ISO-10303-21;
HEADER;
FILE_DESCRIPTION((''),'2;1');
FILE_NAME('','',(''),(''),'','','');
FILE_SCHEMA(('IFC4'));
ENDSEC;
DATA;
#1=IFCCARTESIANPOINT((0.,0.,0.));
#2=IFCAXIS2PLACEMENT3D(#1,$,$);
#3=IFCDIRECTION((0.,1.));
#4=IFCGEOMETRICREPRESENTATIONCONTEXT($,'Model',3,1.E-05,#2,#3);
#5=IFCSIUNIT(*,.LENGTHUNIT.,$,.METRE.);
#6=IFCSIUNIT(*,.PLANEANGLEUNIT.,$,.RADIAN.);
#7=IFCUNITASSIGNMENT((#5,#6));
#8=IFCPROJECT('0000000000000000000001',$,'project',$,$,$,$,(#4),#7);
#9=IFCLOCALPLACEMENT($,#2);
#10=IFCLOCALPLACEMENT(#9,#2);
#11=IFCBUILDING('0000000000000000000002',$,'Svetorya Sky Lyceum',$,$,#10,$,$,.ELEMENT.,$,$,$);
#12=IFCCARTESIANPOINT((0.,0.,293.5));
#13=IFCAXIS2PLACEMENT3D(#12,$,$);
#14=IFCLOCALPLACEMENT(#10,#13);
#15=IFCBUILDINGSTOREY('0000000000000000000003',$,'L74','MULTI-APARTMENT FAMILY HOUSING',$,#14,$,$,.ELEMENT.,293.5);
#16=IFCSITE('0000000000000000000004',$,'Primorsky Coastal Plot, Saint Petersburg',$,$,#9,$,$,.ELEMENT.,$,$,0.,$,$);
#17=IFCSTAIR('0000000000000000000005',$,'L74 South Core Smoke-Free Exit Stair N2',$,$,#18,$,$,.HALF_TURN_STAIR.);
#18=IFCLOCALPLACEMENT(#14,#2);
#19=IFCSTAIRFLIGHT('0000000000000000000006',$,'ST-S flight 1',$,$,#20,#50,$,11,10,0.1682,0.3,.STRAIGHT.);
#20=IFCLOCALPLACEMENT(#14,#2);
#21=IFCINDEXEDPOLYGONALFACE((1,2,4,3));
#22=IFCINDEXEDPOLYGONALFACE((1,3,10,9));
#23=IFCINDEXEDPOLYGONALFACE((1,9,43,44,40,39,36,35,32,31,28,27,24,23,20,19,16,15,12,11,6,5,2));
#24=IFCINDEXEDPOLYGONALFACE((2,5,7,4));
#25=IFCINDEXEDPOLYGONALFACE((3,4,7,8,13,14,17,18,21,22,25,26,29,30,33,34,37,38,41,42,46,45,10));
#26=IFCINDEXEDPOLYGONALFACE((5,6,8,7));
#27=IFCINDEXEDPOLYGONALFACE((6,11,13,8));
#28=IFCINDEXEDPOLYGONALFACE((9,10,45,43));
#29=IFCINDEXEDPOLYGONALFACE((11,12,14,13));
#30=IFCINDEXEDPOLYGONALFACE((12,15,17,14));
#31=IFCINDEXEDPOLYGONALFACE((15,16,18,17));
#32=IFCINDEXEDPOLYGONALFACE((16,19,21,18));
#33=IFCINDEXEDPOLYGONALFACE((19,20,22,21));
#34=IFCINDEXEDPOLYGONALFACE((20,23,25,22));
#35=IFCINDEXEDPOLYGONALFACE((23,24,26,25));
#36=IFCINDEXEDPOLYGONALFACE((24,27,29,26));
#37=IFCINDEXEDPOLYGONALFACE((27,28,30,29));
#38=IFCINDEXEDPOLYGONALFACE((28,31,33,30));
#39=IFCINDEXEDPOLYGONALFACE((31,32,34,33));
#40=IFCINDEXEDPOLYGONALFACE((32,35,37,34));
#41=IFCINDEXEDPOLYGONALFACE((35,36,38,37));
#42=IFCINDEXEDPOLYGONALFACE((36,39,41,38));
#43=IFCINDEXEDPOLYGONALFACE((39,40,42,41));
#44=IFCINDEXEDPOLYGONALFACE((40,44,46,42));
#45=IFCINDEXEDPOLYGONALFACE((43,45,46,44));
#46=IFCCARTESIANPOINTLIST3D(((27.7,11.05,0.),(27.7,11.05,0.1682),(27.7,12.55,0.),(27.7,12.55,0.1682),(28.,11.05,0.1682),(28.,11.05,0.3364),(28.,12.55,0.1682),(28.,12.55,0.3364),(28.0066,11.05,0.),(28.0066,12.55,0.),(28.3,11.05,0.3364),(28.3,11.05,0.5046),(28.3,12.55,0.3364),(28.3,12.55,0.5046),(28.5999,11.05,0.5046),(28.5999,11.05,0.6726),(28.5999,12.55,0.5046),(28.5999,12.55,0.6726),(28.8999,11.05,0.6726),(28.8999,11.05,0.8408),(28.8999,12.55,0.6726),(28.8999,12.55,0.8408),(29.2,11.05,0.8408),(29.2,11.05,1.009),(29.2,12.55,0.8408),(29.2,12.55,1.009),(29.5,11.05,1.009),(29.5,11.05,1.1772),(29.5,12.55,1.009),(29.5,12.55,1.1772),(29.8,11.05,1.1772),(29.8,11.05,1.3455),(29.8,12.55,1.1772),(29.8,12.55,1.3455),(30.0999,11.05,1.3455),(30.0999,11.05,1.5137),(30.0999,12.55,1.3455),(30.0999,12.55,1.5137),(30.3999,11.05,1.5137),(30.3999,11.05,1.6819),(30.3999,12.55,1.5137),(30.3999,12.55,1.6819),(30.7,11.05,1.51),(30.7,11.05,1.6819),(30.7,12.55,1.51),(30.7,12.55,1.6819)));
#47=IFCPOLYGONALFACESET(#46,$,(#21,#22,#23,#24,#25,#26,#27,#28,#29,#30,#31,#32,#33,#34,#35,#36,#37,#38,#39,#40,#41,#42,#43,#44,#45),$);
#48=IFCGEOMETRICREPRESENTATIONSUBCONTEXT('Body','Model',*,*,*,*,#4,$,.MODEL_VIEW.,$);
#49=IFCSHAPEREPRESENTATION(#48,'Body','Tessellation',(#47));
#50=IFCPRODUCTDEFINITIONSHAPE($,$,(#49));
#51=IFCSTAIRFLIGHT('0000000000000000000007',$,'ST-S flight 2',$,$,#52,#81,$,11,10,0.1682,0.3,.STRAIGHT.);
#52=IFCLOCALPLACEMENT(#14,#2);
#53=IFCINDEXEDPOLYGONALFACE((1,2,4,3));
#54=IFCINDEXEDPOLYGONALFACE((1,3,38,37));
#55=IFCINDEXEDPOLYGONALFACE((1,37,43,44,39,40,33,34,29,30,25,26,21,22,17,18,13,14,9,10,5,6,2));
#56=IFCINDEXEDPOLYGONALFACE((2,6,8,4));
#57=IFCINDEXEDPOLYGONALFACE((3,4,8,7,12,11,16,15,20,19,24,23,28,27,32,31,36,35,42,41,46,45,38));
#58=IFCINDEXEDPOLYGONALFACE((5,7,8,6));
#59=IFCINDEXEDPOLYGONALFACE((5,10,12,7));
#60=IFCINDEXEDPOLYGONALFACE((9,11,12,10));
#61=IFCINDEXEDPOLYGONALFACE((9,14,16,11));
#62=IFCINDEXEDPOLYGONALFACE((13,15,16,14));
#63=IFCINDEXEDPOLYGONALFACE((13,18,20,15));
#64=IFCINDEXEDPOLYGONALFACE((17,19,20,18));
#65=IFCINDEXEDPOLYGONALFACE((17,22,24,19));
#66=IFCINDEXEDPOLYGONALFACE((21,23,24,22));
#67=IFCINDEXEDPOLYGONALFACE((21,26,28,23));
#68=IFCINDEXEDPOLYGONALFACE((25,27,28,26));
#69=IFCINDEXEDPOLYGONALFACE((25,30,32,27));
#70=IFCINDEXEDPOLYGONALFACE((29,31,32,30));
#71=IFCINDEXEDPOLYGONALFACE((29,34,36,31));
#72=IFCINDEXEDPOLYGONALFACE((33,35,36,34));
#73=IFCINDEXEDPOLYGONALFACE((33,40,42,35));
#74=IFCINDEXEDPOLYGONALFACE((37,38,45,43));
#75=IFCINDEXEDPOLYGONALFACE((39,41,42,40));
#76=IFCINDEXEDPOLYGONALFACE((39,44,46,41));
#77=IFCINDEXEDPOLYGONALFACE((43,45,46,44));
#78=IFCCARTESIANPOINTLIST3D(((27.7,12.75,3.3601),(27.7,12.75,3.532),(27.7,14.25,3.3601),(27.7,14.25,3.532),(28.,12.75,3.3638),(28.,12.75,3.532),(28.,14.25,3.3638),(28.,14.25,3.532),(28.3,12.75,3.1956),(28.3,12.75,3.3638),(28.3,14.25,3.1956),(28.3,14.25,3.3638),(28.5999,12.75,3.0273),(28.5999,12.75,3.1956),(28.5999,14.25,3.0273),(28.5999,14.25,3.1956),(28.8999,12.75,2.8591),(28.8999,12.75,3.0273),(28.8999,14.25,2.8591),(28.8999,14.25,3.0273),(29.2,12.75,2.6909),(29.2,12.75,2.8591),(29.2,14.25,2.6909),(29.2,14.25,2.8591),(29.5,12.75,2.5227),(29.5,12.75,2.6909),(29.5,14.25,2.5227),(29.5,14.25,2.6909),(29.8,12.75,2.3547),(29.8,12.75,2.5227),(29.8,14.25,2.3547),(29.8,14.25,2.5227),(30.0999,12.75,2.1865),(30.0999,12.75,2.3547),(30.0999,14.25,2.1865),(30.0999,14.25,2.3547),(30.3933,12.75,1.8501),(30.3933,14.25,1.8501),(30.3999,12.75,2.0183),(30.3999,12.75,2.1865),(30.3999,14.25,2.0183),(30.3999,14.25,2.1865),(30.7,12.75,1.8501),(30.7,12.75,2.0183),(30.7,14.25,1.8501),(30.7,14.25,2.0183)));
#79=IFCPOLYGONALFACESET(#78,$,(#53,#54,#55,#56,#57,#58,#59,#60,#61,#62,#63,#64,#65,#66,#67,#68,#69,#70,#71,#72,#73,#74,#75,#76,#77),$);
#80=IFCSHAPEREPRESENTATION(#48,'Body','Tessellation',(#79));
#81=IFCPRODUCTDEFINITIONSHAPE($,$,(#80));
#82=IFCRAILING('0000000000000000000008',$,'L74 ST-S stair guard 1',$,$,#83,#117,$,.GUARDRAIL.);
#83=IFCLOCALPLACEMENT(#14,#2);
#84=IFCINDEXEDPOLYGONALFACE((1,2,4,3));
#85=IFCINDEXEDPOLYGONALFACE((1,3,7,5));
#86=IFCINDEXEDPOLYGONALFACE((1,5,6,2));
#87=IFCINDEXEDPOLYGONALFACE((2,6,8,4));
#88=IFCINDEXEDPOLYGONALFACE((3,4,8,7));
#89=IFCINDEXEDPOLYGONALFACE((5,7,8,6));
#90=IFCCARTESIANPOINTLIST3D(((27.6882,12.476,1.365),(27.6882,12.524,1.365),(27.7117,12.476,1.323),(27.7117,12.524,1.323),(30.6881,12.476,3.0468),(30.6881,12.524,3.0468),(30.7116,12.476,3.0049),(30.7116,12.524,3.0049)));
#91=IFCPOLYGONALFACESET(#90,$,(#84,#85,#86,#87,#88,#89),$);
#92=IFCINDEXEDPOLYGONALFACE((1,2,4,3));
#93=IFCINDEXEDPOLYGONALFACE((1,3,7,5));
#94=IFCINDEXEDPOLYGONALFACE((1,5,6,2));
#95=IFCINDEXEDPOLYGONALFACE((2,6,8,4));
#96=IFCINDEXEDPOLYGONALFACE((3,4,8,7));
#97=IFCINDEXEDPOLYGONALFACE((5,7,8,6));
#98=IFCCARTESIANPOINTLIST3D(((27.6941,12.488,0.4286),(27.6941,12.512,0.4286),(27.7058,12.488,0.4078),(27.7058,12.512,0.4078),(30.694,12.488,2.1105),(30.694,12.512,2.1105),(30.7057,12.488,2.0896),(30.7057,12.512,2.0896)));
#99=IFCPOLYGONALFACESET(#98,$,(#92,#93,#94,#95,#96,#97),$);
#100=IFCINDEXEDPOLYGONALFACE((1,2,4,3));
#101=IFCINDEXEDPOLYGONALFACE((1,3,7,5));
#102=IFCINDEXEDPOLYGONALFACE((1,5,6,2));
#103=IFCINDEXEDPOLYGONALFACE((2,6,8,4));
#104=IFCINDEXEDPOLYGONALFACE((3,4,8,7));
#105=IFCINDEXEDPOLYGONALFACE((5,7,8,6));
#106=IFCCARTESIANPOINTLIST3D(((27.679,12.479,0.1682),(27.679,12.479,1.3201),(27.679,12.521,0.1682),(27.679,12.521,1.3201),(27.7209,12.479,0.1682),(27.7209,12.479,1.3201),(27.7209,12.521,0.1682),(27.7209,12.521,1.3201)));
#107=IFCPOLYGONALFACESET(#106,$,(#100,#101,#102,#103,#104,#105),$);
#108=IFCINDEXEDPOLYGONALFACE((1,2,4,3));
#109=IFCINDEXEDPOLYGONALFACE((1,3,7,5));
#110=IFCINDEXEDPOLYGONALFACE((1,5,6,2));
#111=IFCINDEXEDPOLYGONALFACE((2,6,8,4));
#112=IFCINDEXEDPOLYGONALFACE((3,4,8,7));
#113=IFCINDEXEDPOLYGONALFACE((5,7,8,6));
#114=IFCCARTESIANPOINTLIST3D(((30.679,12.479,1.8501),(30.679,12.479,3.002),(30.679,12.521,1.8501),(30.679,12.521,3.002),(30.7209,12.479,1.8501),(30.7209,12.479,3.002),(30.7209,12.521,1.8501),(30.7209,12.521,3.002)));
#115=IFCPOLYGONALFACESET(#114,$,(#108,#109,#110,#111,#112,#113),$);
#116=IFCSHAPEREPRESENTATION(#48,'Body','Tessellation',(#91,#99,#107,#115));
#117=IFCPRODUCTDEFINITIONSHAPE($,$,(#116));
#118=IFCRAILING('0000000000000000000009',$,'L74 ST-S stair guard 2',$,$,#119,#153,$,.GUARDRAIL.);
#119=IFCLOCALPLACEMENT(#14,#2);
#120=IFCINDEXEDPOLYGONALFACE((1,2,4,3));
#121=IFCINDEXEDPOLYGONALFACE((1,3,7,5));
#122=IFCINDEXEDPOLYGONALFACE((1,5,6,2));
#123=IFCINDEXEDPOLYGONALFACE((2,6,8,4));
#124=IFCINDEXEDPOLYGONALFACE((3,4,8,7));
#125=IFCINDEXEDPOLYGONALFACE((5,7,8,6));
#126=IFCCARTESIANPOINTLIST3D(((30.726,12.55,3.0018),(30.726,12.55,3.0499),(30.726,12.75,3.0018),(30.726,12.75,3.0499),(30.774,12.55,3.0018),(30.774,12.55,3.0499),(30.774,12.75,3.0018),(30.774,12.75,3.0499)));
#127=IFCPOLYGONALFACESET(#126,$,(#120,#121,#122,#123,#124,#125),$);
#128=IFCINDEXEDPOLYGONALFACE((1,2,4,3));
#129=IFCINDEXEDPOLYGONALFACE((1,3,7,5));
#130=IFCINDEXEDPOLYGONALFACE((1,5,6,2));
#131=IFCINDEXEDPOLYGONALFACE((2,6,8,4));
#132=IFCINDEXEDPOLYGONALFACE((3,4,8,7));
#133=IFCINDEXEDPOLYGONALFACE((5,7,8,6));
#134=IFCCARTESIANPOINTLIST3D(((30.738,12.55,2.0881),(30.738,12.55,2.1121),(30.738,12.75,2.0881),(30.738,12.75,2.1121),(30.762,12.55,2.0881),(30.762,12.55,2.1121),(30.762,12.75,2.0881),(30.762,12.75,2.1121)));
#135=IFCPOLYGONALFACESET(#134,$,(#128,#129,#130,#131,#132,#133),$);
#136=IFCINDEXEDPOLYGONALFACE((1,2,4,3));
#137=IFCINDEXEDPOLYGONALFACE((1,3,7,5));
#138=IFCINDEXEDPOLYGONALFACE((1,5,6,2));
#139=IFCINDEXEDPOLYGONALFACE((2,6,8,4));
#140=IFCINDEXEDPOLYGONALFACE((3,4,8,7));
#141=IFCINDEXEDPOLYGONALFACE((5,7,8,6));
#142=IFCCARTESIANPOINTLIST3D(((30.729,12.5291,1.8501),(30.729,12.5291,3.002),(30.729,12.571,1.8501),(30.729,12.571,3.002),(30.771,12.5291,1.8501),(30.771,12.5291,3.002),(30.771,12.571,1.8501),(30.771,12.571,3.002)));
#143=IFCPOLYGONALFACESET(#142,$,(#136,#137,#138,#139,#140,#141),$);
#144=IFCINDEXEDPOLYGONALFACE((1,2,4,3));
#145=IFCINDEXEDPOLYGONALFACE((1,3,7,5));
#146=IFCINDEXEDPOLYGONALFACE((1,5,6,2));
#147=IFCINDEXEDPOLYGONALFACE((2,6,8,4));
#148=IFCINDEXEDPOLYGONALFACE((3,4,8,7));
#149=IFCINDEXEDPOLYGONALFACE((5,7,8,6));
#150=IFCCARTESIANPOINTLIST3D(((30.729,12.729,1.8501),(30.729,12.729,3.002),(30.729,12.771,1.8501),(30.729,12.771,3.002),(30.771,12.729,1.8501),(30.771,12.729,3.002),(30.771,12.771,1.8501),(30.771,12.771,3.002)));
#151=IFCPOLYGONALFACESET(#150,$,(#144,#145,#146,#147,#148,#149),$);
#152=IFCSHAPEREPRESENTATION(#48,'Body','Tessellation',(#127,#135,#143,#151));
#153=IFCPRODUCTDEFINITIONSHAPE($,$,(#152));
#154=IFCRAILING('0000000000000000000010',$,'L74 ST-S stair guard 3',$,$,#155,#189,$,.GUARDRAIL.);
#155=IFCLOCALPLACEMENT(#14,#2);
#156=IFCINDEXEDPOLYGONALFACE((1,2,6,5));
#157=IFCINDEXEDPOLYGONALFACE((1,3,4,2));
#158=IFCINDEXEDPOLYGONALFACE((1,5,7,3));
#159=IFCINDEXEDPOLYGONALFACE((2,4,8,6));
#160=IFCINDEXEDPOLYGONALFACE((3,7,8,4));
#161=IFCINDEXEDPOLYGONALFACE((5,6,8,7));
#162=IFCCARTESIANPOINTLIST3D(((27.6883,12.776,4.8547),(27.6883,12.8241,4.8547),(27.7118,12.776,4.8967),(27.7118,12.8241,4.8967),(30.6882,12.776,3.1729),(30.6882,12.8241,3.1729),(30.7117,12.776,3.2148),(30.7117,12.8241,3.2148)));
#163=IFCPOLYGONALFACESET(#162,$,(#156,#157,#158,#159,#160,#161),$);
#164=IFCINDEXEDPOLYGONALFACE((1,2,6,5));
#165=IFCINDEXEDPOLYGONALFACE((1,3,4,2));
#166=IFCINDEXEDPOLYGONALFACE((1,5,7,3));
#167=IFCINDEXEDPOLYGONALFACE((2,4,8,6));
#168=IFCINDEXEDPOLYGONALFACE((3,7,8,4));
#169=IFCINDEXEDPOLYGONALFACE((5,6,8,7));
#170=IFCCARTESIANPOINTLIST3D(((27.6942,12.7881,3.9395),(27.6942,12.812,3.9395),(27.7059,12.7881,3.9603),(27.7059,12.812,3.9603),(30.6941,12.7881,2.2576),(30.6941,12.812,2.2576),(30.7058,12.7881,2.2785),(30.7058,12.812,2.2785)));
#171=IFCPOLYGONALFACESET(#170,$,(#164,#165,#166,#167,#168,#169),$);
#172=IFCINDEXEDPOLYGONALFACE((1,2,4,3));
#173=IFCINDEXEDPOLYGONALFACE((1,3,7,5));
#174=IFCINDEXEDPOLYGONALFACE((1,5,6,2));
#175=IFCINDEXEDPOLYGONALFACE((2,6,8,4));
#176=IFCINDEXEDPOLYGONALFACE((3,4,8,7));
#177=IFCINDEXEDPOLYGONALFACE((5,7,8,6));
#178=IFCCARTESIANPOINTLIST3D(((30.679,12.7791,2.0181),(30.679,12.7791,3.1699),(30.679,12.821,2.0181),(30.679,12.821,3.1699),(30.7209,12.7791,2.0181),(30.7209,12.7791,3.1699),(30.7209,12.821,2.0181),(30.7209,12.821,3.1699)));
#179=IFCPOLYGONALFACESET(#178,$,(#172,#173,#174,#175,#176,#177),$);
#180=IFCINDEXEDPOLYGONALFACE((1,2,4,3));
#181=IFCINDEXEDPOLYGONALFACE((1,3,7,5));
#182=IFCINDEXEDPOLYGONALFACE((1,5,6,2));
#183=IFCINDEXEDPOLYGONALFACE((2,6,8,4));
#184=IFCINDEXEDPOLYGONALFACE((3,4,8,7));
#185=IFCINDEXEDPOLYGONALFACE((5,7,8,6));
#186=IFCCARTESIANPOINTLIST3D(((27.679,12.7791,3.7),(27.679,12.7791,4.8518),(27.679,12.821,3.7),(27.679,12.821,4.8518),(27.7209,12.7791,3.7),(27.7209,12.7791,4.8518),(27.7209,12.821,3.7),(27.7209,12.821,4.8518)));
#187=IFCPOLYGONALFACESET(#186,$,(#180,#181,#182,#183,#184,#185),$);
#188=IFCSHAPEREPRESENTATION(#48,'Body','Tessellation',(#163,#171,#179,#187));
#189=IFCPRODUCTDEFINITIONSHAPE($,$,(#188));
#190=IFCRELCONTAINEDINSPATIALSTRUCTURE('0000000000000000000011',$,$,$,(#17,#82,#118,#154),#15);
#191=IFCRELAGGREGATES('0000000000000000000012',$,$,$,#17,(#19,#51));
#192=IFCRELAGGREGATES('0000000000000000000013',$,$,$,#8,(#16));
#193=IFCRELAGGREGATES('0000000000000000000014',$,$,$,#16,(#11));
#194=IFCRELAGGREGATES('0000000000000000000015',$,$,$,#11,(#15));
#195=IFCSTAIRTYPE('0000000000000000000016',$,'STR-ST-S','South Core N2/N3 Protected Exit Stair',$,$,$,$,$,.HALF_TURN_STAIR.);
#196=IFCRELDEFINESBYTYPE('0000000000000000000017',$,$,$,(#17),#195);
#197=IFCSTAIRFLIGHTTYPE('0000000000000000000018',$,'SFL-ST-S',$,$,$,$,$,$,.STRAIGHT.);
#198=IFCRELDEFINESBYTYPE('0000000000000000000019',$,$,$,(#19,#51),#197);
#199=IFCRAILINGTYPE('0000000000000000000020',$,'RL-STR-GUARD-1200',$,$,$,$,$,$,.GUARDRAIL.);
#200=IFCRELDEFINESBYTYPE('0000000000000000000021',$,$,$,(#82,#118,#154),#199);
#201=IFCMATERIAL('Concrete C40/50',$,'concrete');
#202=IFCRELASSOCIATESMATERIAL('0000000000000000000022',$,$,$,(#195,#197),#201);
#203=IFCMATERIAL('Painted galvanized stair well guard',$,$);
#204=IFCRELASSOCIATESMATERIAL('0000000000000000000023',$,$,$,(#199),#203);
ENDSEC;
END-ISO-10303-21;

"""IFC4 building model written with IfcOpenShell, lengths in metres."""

from ifc_helpers import new_model, si_unit, direction, frame, origin, origin_2d, place, context, subcontext, project, spatial, polyline, rectangle, outline, extrude, material, type_object, element, aggregate, save


model = new_model("IFC4")

# Units and contexts
model_context = context("Model", 3, precision=1e-05, world=origin(), true_north=direction((0.0, 1.0)))
body_context = subcontext(model_context, "Body", "Model", "MODEL_VIEW")
ifc_project = project(units=[si_unit("LENGTHUNIT", "METRE"), si_unit("PLANEANGLEUNIT", "RADIAN")], contexts=[model_context])

# Site, building, storey
site_placement = place(None, origin())
site = spatial("IfcSite", under=ifc_project, at=site_placement, Name="Primorsky Coastal Plot, Saint Petersburg", CompositionType="ELEMENT", RefElevation=0.0)
building_placement = place(site_placement, origin())
building = spatial("IfcBuilding", under=site, at=building_placement, Name="Svetorya Sky Lyceum", CompositionType="ELEMENT")
storey_placement = place(building_placement, frame((0.0, 0.0, 293.5)))
storey = spatial("IfcBuildingStorey", under=building, at=storey_placement, Name="L74", Description="MULTI-APARTMENT FAMILY HOUSING", CompositionType="ELEMENT", Elevation=293.5)

# Shared definitions
ifc_material_1 = material(Name="Concrete C40/50", Category="concrete")

# Stair, stair flights
stair_type = type_object("IfcStairType", Name="STR-ST-S", Description="South Core N2/N3 Protected Exit Stair", PredefinedType="HALF_TURN_STAIR", material=ifc_material_1)
stair_placement = place(storey_placement, origin())
stair = element("IfcStair", 1, at=stair_placement, inside=storey, type_object=stair_type, Name="L74 South Core Smoke-Free Exit Stair N2", PredefinedType="HALF_TURN_STAIR")
stair_flight_type = type_object("IfcStairFlightType", Name="SFL-ST-S", PredefinedType="STRAIGHT", material=ifc_material_1)
stair_flight_1_placement = place(storey_placement, frame((27.7, 11.8, 0.0), z_axis=(0.0, 0.0, 1.0), x_axis=(1.0, 0.0, 0.0)))
stair_flight_1 = element("IfcStairFlight", 2, at=stair_flight_1_placement, type_object=stair_flight_type, Name="ST-S flight 1", NumberOfRisers=11, NumberOfTreads=10, PredefinedType="STRAIGHT", RiserHeight=0.1682, TreadLength=0.3, context=body_context, shape_type="SweptSolid", body=[
    extrude(outline(polyline([(0.0, 0.0), (0.0, 0.1682), (0.3, 0.1682), (0.3, 0.3364), (0.6001, 0.3364), (0.6001, 0.5046), (0.8999, 0.5046), (0.8999, 0.6726), (1.2, 0.6726), (1.2, 0.8408), (1.5, 0.8408), (1.5, 1.009), (1.8, 1.009), (1.8, 1.1772), (2.1001, 1.1772), (2.1001, 1.3455), (2.3999, 1.3455), (2.3999, 1.5137), (2.7, 1.5137), (2.7, 1.6819), (3.0, 1.6819), (3.0, 1.8501), (3.0, 1.51), (0.3066, 0.0), (0.0, 0.0)])), frame((0.0, 0.75, 0.0), z_axis=(0.0, -1.0, 0.0), x_axis=(1.0, 0.0, 0.0)), (0.0, 0.0, 1.0), 1.5),
])
stair_flight_2_placement = place(storey_placement, frame((30.7, 13.5, 1.8501), z_axis=(0.0, 0.0, 1.0), x_axis=(-1.0, 0.0, 0.0)))
stair_flight_2 = element("IfcStairFlight", 3, at=stair_flight_2_placement, type_object=stair_flight_type, Name="ST-S flight 2", NumberOfRisers=11, NumberOfTreads=10, PredefinedType="STRAIGHT", RiserHeight=0.1682, TreadLength=0.3, context=body_context, shape_type="SweptSolid", body=[
    extrude(outline(polyline([(0.0, 0.0), (0.0, 0.1682), (0.3, 0.1682), (0.3, 0.3364), (0.6001, 0.3364), (0.6001, 0.5046), (0.8999, 0.5046), (0.8999, 0.6726), (1.2, 0.6726), (1.2, 0.8408), (1.5, 0.8408), (1.5, 1.009), (1.8, 1.009), (1.8, 1.1772), (2.1001, 1.1772), (2.1001, 1.3455), (2.3999, 1.3455), (2.3999, 1.5137), (2.7, 1.5137), (2.7, 1.6819), (3.0, 1.6819), (3.0, 1.8501), (3.0, 1.51), (0.3066, 0.0), (0.0, 0.0)])), frame((0.0, 0.75, 0.0), z_axis=(0.0, -1.0, 0.0), x_axis=(1.0, 0.0, 0.0)), (0.0, 0.0, 1.0), 1.5),
])
aggregate(stair, [stair_flight_1, stair_flight_2])

# Railings
ifc_material_2 = material(Name="Painted galvanized stair well guard")
railing_type_1 = type_object("IfcRailingType", Name="RL-STR-GUARD-1200", PredefinedType="GUARDRAIL", material=ifc_material_2)
railing_1_placement = place(storey_placement, frame((27.7, 12.5, 0.1682)))
element("IfcRailing", 4, at=railing_1_placement, inside=storey, type_object=railing_type_1, Name="L74 ST-S stair guard 1", PredefinedType="GUARDRAIL", context=body_context, shape_type="SweptSolid", body=[
    extrude(rectangle(XDim=0.0481, YDim=0.0481, at=origin_2d()), frame((0.0, 0.0, 1.1758), z_axis=(0.872272, 0.0, 0.48902), x_axis=(0.0, 1.0, 0.0)), (0.0, 0.0, 1.0), 3.4392),
    extrude(rectangle(XDim=0.0239, YDim=0.0239, at=origin_2d()), frame((0.0, 0.0, 0.25), z_axis=(0.872272, 0.0, 0.48902), x_axis=(0.0, 1.0, 0.0)), (0.0, 0.0, 1.0), 3.4392),
    extrude(rectangle(XDim=0.042, YDim=0.042, at=origin_2d()), origin(), (0.0, 0.0, 1.0), 1.1519),
    extrude(rectangle(XDim=0.042, YDim=0.042, at=origin_2d()), frame((3.0, 0.0, 1.6819)), (0.0, 0.0, 1.0), 1.1519),
])
railing_2_placement = place(storey_placement, frame((30.75, 12.55, 1.8501)))
element("IfcRailing", 5, at=railing_2_placement, inside=storey, type_object=railing_type_1, Name="L74 ST-S stair guard 2", PredefinedType="GUARDRAIL", context=body_context, shape_type="SweptSolid", body=[
    extrude(rectangle(XDim=0.0481, YDim=0.0481, at=origin_2d()), frame((0.0, 0.0, 1.1758), z_axis=(0.0, 1.0, 0.0), x_axis=(-1.0, 0.0, 0.0)), (0.0, 0.0, 1.0), 0.2),
    extrude(rectangle(XDim=0.0239, YDim=0.0239, at=origin_2d()), frame((0.0, 0.0, 0.25), z_axis=(0.0, 1.0, 0.0), x_axis=(-1.0, 0.0, 0.0)), (0.0, 0.0, 1.0), 0.2),
    extrude(rectangle(XDim=0.042, YDim=0.042, at=origin_2d()), origin(), (0.0, 0.0, 1.0), 1.1519),
    extrude(rectangle(XDim=0.042, YDim=0.042, at=origin_2d()), frame((0.0, 0.2, 0.0)), (0.0, 0.0, 1.0), 1.1519),
])
railing_3_placement = place(storey_placement, frame((30.7, 12.8, 2.0181)))
element("IfcRailing", 6, at=railing_3_placement, inside=storey, type_object=railing_type_1, Name="L74 ST-S stair guard 3", PredefinedType="GUARDRAIL", context=body_context, shape_type="SweptSolid", body=[
    extrude(rectangle(XDim=0.0481, YDim=0.0481, at=origin_2d()), frame((0.0, 0.0, 1.1758), z_axis=(-0.872272, 0.0, 0.48902), x_axis=(0.0, -1.0, 0.0)), (0.0, 0.0, 1.0), 3.4392),
    extrude(rectangle(XDim=0.0239, YDim=0.0239, at=origin_2d()), frame((0.0, 0.0, 0.25), z_axis=(-0.872272, 0.0, 0.48902), x_axis=(0.0, -1.0, 0.0)), (0.0, 0.0, 1.0), 3.4392),
    extrude(rectangle(XDim=0.042, YDim=0.042, at=origin_2d()), origin(), (0.0, 0.0, 1.0), 1.1519),
    extrude(rectangle(XDim=0.042, YDim=0.042, at=origin_2d()), frame((-3.0, 0.0, 1.6819)), (0.0, 0.0, 1.0), 1.1519),
])

save(model, "model.ifc")
